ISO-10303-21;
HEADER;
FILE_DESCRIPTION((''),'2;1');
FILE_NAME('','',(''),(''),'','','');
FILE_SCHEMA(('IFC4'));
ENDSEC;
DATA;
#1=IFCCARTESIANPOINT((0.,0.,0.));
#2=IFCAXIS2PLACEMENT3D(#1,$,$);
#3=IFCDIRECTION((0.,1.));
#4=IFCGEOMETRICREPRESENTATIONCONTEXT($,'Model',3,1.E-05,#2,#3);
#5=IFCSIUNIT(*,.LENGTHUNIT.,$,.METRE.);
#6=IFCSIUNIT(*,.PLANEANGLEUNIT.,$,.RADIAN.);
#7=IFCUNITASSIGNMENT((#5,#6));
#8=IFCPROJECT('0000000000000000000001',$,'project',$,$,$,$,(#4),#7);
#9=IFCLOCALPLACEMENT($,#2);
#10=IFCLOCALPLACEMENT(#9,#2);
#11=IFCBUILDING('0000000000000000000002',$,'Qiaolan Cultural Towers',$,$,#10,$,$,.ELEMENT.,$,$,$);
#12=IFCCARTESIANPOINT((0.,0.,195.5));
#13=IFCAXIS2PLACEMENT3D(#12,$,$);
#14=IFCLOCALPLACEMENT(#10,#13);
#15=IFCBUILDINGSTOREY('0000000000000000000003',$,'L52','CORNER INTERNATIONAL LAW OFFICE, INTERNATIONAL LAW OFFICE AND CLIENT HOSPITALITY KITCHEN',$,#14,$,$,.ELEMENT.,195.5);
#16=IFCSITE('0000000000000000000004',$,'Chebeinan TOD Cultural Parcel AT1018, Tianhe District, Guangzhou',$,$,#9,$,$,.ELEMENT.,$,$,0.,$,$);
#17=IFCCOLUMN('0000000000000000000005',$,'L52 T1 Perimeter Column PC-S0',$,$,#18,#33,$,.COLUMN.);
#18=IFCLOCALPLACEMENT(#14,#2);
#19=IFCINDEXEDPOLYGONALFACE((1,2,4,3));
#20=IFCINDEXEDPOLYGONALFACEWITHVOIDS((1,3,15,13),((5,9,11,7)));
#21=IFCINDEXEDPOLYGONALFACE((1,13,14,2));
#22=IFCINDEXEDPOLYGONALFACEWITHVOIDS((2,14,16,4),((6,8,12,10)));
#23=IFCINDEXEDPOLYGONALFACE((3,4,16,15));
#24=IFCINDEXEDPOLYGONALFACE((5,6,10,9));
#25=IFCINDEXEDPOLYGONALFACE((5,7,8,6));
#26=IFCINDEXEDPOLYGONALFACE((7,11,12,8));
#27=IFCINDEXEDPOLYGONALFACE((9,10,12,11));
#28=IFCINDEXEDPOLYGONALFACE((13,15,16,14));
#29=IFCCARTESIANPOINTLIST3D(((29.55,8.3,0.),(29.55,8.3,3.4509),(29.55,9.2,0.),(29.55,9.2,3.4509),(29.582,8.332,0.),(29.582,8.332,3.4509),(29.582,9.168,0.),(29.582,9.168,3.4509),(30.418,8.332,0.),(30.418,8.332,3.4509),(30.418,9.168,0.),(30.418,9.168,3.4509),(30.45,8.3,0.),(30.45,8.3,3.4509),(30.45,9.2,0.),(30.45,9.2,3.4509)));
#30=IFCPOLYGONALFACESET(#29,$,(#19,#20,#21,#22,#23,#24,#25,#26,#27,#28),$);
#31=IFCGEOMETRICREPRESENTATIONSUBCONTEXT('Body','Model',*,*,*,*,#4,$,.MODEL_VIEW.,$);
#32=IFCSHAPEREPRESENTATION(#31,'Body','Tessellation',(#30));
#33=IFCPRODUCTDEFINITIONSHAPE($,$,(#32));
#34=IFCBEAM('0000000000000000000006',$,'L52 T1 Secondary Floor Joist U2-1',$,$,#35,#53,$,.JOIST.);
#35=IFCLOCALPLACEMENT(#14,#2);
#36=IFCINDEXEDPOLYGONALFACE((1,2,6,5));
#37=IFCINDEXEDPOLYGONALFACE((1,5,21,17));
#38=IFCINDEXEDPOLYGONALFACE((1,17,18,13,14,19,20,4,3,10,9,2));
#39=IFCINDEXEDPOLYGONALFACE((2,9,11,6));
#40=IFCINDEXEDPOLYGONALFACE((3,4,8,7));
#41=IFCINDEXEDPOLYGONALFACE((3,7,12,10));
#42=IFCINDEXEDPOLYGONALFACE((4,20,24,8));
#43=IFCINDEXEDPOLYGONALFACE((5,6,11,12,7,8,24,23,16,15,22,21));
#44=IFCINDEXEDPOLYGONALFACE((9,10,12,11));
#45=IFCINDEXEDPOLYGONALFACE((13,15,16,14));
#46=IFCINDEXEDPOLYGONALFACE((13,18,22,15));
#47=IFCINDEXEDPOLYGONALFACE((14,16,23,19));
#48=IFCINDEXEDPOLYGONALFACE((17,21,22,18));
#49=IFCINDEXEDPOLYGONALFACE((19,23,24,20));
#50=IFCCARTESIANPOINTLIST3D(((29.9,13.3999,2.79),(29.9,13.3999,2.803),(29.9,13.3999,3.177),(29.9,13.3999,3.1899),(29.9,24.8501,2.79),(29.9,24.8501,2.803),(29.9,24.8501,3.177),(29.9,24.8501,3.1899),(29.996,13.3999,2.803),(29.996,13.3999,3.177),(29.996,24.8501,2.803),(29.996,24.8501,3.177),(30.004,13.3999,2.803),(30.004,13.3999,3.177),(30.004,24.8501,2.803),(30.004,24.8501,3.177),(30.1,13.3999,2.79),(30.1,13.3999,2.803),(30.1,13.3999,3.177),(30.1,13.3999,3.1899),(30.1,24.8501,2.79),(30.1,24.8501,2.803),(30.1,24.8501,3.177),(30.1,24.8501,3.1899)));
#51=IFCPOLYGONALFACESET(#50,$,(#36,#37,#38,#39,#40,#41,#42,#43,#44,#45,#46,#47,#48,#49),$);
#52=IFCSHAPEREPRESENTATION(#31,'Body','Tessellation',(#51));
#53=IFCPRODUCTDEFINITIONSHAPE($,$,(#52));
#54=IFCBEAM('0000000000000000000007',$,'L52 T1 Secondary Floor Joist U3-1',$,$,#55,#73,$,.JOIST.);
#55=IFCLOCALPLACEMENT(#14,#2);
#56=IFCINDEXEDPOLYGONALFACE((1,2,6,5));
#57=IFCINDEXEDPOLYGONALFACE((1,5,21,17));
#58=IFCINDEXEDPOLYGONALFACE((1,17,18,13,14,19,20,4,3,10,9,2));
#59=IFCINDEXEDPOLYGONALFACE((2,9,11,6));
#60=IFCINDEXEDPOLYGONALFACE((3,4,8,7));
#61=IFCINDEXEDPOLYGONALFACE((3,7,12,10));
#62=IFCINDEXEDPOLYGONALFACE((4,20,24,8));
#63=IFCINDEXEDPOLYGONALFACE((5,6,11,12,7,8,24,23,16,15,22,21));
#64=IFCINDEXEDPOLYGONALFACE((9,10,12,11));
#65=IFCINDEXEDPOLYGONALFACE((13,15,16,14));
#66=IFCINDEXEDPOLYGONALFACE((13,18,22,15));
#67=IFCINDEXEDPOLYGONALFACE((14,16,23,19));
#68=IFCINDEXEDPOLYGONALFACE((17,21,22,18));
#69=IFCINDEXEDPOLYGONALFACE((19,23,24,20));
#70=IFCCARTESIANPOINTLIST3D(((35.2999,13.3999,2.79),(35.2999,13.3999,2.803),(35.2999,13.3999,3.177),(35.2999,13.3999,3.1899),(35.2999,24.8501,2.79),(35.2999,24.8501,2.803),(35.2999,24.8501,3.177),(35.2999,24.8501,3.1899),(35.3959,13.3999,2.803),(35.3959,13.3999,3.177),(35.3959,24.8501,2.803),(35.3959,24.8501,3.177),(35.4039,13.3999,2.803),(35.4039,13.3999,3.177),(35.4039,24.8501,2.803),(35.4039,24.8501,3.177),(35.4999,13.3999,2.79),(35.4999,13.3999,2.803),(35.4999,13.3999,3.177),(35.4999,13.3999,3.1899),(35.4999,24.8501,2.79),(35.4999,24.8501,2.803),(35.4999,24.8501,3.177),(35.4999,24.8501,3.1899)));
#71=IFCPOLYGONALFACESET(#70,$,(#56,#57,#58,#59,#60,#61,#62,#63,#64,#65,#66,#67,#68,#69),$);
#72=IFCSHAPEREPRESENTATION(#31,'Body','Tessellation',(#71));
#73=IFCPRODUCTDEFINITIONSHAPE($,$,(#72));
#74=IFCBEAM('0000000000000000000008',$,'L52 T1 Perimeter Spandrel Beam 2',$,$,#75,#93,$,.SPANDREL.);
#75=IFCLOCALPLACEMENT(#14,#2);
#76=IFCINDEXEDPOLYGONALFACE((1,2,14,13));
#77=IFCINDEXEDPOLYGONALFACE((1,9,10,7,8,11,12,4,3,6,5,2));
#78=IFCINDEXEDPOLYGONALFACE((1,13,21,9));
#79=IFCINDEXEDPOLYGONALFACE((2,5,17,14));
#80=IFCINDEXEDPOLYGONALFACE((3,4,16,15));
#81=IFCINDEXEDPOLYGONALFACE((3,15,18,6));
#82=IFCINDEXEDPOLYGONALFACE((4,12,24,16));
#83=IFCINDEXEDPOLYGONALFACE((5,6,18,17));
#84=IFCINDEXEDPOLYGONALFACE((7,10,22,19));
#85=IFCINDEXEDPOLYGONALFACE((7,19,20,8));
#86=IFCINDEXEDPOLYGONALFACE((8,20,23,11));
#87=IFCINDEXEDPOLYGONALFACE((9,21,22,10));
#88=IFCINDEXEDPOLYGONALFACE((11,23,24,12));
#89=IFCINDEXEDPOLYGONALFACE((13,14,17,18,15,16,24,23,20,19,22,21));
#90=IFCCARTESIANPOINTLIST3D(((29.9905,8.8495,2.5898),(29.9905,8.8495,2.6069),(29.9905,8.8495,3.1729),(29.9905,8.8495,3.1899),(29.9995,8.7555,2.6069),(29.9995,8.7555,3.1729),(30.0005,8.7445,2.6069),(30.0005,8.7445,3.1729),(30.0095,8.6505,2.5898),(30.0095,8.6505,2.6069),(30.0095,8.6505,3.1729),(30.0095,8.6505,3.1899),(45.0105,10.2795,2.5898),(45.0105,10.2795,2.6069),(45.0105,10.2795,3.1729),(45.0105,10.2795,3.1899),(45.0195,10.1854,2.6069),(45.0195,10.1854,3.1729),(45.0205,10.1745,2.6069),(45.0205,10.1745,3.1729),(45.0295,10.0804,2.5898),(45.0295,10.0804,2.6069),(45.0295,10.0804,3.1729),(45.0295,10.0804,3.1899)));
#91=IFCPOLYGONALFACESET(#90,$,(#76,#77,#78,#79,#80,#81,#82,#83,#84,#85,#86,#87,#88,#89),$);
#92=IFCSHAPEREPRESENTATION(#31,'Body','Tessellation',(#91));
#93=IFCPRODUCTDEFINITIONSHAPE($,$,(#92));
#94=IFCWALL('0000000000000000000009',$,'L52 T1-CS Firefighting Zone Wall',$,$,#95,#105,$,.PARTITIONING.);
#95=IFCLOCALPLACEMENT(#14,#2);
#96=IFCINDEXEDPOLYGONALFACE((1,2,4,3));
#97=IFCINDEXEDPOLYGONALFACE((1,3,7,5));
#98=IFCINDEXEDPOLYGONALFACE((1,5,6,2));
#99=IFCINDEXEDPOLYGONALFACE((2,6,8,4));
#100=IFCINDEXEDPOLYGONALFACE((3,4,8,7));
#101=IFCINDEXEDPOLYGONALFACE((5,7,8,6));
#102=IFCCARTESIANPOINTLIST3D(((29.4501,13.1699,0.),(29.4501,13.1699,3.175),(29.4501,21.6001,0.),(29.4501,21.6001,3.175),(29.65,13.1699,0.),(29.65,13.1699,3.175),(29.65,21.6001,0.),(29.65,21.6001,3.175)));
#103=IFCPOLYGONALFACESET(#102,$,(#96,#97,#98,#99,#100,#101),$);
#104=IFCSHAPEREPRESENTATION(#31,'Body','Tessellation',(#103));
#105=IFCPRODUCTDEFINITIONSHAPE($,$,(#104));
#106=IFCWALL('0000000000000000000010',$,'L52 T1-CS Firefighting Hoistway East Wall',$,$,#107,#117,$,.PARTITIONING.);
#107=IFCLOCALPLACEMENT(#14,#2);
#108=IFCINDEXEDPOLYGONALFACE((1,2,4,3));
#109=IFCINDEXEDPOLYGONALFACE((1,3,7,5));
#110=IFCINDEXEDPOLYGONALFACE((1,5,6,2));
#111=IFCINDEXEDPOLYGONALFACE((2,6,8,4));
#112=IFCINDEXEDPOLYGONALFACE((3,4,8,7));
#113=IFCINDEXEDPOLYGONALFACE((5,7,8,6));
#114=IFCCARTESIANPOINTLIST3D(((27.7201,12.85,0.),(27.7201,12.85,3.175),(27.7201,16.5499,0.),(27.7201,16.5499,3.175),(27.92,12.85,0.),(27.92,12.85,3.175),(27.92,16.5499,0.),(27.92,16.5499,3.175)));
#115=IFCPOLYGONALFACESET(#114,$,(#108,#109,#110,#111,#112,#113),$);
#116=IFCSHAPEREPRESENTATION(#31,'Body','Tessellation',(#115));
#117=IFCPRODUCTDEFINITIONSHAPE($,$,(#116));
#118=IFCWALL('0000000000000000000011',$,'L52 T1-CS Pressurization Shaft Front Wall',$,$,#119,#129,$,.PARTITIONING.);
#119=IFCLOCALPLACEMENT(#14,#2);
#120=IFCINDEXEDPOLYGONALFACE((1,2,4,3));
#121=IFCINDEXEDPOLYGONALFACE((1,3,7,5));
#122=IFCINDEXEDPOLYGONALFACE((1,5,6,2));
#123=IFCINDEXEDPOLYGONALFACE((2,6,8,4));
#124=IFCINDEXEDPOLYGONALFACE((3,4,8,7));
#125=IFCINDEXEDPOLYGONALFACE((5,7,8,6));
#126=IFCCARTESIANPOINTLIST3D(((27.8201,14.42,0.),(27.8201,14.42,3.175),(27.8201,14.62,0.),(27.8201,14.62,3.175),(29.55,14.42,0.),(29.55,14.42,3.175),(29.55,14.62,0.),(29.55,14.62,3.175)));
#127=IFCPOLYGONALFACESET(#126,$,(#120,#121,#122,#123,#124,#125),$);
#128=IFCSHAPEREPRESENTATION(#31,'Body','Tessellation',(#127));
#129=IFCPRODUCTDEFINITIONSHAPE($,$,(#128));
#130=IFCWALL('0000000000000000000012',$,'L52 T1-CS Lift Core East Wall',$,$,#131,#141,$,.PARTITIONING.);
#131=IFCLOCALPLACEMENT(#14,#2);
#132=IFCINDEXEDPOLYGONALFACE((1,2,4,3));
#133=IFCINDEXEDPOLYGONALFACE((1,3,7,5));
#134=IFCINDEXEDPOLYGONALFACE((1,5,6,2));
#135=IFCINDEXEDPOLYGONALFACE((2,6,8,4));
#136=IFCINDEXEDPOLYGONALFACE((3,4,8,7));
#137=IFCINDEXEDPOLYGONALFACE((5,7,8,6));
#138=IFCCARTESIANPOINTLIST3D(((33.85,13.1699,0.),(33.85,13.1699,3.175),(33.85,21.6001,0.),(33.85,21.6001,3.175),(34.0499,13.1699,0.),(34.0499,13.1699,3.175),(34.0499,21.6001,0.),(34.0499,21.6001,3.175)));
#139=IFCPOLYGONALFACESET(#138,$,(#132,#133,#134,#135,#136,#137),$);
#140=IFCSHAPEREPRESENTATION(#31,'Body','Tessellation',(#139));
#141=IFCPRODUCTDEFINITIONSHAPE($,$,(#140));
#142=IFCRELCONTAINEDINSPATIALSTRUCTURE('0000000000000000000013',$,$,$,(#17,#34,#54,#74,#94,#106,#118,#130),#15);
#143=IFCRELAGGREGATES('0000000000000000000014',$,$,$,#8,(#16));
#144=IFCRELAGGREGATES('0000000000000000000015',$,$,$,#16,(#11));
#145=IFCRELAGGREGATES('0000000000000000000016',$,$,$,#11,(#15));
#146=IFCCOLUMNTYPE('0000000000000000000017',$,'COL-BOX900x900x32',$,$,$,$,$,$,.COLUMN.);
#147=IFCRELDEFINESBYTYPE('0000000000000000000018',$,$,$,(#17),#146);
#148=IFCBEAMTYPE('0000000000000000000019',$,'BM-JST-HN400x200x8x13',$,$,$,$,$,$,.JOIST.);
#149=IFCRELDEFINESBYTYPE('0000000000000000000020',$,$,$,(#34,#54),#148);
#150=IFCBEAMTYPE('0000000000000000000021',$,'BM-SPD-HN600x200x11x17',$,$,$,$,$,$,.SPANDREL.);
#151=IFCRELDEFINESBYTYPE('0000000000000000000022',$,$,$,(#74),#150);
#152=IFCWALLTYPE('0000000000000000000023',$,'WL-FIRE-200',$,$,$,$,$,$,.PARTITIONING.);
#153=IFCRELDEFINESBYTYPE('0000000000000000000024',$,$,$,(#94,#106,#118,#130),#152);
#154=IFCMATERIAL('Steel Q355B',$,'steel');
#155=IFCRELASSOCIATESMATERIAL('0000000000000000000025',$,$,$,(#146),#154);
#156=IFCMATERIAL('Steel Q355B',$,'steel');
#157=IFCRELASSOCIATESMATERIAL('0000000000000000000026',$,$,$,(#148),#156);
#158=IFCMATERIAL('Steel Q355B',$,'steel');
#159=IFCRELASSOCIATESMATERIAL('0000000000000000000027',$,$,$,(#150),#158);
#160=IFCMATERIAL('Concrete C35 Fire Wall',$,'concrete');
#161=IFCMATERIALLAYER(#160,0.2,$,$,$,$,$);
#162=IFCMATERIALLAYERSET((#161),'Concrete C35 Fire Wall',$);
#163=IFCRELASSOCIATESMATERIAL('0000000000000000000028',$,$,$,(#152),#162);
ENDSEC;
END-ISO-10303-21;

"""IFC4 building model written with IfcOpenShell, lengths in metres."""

from ifc_helpers import new_model, si_unit, direction, frame, frame_2d, origin, origin_2d, place, context, subcontext, project, spatial, rectangle, hollow_rectangle, i_section, extrude, material, layer, layer_set, material_profile, profile_set, type_object, element, save


model = new_model("IFC4")

# Units and contexts
model_context = context("Model", 3, precision=1e-05, world=origin(), true_north=direction((0.0, 1.0)))
body_context = subcontext(model_context, "Body", "Model", "MODEL_VIEW")
ifc_project = project(units=[si_unit("LENGTHUNIT", "METRE"), si_unit("PLANEANGLEUNIT", "RADIAN")], contexts=[model_context])

# Site, building, storey
site_placement = place(None, origin())
site = spatial("IfcSite", under=ifc_project, at=site_placement, Name="Chebeinan TOD Cultural Parcel AT1018, Tianhe District, Guangzhou", CompositionType="ELEMENT", RefElevation=0.0)
building_placement = place(site_placement, origin())
building = spatial("IfcBuilding", under=site, at=building_placement, Name="Qiaolan Cultural Towers", CompositionType="ELEMENT")
storey_placement = place(building_placement, frame((0.0, 0.0, 195.5)))
storey = spatial("IfcBuildingStorey", under=building, at=storey_placement, Name="L52", Description="CORNER INTERNATIONAL LAW OFFICE, INTERNATIONAL LAW OFFICE AND CLIENT HOSPITALITY KITCHEN", CompositionType="ELEMENT", Elevation=195.5)

# Column
ifc_material_1 = material(Name="Steel Q355B", Category="steel")
ifc_material_profile_1 = material_profile(ifc_material_1, hollow_rectangle(XDim=0.8999, YDim=0.8999, WallThickness=0.032, at=origin_2d()), Name="BOX900x900x32")
ifc_profile_set_1 = profile_set([ifc_material_profile_1], Name="Steel Q355B")
column_type = type_object("IfcColumnType", Name="COL-BOX900x900x32", PredefinedType="COLUMN", material=ifc_profile_set_1)
column_placement = place(storey_placement, frame((30.0, 8.75, 0.0), z_axis=(0.0, 0.0, 1.0), x_axis=(1.0, 0.0, 0.0)))
element("IfcColumn", 1, at=column_placement, inside=storey, type_object=column_type, Name="L52 T1 Perimeter Column PC-S0", PredefinedType="COLUMN", context=body_context, shape_type="SweptSolid", body=[
    extrude(hollow_rectangle(XDim=0.8999, YDim=0.8999, WallThickness=0.032, at=origin_2d()), origin(), (0.0, 0.0, 1.0), 3.4509),
])

# Beams
ifc_material_2 = material(Name="Steel Q355B", Category="steel")
ifc_material_profile_2 = material_profile(ifc_material_2, i_section(OverallWidth=0.2, OverallDepth=0.3999, WebThickness=0.0081, FlangeThickness=0.0129, at=origin_2d()), Name="HN400x200x8x13")
ifc_profile_set_2 = profile_set([ifc_material_profile_2], Name="Steel Q355B")
beam_type_1 = type_object("IfcBeamType", Name="BM-JST-HN400x200x8x13", PredefinedType="JOIST", material=ifc_profile_set_2)
for number, where, z_axis, x_axis, name in (
    (2, (30.0, 13.3999, 2.99), (0.0, 1.0, 0.0), (-1.0, 0.0, 0.0), "L52 T1 Secondary Floor Joist U2-1"),
    (3, (35.3999, 13.3999, 2.99), (0.0, 1.0, 0.0), (-1.0, 0.0, 0.0), "L52 T1 Secondary Floor Joist U3-1"),
):
    element("IfcBeam", number, at=place(storey_placement, frame(where, z_axis=z_axis, x_axis=x_axis)), inside=storey, type_object=beam_type_1, Name=name, PredefinedType="JOIST", context=body_context, shape_type="SweptSolid", body=[
        extrude(i_section(OverallWidth=0.2, OverallDepth=0.3999, WebThickness=0.0081, FlangeThickness=0.0129, at=origin_2d()), origin(), (0.0, 0.0, 1.0), 11.4502),
    ])
ifc_material_3 = material(Name="Steel Q355B", Category="steel")
ifc_material_profile_3 = material_profile(ifc_material_3, i_section(OverallWidth=0.2, OverallDepth=0.6001, WebThickness=0.011, FlangeThickness=0.0171, at=origin_2d()), Name="HN600x200x11x17")
ifc_profile_set_3 = profile_set([ifc_material_profile_3], Name="Steel Q355B")
beam_type_2 = type_object("IfcBeamType", Name="BM-SPD-HN600x200x11x17", PredefinedType="SPANDREL", material=ifc_profile_set_3)
beam_placement = place(storey_placement, frame((30.0, 8.75, 2.8899), z_axis=(0.995499, 0.094773, 0.0), x_axis=(-0.094773, 0.995499, 0.0)))
element("IfcBeam", 4, at=beam_placement, inside=storey, type_object=beam_type_2, Name="L52 T1 Perimeter Spandrel Beam 2", PredefinedType="SPANDREL", context=body_context, shape_type="SweptSolid", body=[
    extrude(i_section(OverallWidth=0.2, OverallDepth=0.6001, WebThickness=0.011, FlangeThickness=0.0171, at=origin_2d()), origin(), (0.0, 0.0, 1.0), 15.0879),
])

# Walls
ifc_material_4 = material(Name="Concrete C35 Fire Wall", Category="concrete")
ifc_layer_1 = layer(ifc_material_4, 0.2)
ifc_layer_set_1 = layer_set([ifc_layer_1], Name="Concrete C35 Fire Wall")
wall_type_1 = type_object("IfcWallType", Name="WL-FIRE-200", PredefinedType="PARTITIONING", material=ifc_layer_set_1)
wall_1_placement = place(storey_placement, frame((29.55, 21.6001, 0.0), z_axis=(0.0, 0.0, 1.0), x_axis=(0.0, -1.0, 0.0)))
element("IfcWall", 5, at=wall_1_placement, inside=storey, type_object=wall_type_1, Name="L52 T1-CS Firefighting Zone Wall", PredefinedType="PARTITIONING", context=body_context, shape_type="SweptSolid", body=[
    extrude(rectangle(XDim=8.4302, YDim=0.2, at=frame_2d((4.2151, 0.0))), origin(), (0.0, 0.0, 1.0), 3.175),
])
wall_2_placement = place(storey_placement, frame((27.8201, 16.55, 0.0), z_axis=(0.0, 0.0, 1.0), x_axis=(0.0, -1.0, 0.0)))
element("IfcWall", 6, at=wall_2_placement, inside=storey, type_object=wall_type_1, Name="L52 T1-CS Firefighting Hoistway East Wall", PredefinedType="PARTITIONING", context=body_context, shape_type="SweptSolid", body=[
    extrude(rectangle(XDim=3.7, YDim=0.2, at=frame_2d((1.8501, 0.0))), origin(), (0.0, 0.0, 1.0), 3.175),
])
wall_3_placement = place(storey_placement, frame((27.8201, 14.52, 0.0), z_axis=(0.0, 0.0, 1.0), x_axis=(1.0, 0.0, 0.0)))
element("IfcWall", 7, at=wall_3_placement, inside=storey, type_object=wall_type_1, Name="L52 T1-CS Pressurization Shaft Front Wall", PredefinedType="PARTITIONING", context=body_context, shape_type="SweptSolid", body=[
    extrude(rectangle(XDim=1.73, YDim=0.2, at=frame_2d((0.865, 0.0))), origin(), (0.0, 0.0, 1.0), 3.175),
])
wall_4_placement = place(storey_placement, frame((33.95, 21.6001, 0.0), z_axis=(0.0, 0.0, 1.0), x_axis=(0.0, -1.0, 0.0)))
element("IfcWall", 8, at=wall_4_placement, inside=storey, type_object=wall_type_1, Name="L52 T1-CS Lift Core East Wall", PredefinedType="PARTITIONING", context=body_context, shape_type="SweptSolid", body=[
    extrude(rectangle(XDim=8.4302, YDim=0.2, at=frame_2d((4.2151, 0.0))), origin(), (0.0, 0.0, 1.0), 3.175),
])

save(model, "model.ifc")
